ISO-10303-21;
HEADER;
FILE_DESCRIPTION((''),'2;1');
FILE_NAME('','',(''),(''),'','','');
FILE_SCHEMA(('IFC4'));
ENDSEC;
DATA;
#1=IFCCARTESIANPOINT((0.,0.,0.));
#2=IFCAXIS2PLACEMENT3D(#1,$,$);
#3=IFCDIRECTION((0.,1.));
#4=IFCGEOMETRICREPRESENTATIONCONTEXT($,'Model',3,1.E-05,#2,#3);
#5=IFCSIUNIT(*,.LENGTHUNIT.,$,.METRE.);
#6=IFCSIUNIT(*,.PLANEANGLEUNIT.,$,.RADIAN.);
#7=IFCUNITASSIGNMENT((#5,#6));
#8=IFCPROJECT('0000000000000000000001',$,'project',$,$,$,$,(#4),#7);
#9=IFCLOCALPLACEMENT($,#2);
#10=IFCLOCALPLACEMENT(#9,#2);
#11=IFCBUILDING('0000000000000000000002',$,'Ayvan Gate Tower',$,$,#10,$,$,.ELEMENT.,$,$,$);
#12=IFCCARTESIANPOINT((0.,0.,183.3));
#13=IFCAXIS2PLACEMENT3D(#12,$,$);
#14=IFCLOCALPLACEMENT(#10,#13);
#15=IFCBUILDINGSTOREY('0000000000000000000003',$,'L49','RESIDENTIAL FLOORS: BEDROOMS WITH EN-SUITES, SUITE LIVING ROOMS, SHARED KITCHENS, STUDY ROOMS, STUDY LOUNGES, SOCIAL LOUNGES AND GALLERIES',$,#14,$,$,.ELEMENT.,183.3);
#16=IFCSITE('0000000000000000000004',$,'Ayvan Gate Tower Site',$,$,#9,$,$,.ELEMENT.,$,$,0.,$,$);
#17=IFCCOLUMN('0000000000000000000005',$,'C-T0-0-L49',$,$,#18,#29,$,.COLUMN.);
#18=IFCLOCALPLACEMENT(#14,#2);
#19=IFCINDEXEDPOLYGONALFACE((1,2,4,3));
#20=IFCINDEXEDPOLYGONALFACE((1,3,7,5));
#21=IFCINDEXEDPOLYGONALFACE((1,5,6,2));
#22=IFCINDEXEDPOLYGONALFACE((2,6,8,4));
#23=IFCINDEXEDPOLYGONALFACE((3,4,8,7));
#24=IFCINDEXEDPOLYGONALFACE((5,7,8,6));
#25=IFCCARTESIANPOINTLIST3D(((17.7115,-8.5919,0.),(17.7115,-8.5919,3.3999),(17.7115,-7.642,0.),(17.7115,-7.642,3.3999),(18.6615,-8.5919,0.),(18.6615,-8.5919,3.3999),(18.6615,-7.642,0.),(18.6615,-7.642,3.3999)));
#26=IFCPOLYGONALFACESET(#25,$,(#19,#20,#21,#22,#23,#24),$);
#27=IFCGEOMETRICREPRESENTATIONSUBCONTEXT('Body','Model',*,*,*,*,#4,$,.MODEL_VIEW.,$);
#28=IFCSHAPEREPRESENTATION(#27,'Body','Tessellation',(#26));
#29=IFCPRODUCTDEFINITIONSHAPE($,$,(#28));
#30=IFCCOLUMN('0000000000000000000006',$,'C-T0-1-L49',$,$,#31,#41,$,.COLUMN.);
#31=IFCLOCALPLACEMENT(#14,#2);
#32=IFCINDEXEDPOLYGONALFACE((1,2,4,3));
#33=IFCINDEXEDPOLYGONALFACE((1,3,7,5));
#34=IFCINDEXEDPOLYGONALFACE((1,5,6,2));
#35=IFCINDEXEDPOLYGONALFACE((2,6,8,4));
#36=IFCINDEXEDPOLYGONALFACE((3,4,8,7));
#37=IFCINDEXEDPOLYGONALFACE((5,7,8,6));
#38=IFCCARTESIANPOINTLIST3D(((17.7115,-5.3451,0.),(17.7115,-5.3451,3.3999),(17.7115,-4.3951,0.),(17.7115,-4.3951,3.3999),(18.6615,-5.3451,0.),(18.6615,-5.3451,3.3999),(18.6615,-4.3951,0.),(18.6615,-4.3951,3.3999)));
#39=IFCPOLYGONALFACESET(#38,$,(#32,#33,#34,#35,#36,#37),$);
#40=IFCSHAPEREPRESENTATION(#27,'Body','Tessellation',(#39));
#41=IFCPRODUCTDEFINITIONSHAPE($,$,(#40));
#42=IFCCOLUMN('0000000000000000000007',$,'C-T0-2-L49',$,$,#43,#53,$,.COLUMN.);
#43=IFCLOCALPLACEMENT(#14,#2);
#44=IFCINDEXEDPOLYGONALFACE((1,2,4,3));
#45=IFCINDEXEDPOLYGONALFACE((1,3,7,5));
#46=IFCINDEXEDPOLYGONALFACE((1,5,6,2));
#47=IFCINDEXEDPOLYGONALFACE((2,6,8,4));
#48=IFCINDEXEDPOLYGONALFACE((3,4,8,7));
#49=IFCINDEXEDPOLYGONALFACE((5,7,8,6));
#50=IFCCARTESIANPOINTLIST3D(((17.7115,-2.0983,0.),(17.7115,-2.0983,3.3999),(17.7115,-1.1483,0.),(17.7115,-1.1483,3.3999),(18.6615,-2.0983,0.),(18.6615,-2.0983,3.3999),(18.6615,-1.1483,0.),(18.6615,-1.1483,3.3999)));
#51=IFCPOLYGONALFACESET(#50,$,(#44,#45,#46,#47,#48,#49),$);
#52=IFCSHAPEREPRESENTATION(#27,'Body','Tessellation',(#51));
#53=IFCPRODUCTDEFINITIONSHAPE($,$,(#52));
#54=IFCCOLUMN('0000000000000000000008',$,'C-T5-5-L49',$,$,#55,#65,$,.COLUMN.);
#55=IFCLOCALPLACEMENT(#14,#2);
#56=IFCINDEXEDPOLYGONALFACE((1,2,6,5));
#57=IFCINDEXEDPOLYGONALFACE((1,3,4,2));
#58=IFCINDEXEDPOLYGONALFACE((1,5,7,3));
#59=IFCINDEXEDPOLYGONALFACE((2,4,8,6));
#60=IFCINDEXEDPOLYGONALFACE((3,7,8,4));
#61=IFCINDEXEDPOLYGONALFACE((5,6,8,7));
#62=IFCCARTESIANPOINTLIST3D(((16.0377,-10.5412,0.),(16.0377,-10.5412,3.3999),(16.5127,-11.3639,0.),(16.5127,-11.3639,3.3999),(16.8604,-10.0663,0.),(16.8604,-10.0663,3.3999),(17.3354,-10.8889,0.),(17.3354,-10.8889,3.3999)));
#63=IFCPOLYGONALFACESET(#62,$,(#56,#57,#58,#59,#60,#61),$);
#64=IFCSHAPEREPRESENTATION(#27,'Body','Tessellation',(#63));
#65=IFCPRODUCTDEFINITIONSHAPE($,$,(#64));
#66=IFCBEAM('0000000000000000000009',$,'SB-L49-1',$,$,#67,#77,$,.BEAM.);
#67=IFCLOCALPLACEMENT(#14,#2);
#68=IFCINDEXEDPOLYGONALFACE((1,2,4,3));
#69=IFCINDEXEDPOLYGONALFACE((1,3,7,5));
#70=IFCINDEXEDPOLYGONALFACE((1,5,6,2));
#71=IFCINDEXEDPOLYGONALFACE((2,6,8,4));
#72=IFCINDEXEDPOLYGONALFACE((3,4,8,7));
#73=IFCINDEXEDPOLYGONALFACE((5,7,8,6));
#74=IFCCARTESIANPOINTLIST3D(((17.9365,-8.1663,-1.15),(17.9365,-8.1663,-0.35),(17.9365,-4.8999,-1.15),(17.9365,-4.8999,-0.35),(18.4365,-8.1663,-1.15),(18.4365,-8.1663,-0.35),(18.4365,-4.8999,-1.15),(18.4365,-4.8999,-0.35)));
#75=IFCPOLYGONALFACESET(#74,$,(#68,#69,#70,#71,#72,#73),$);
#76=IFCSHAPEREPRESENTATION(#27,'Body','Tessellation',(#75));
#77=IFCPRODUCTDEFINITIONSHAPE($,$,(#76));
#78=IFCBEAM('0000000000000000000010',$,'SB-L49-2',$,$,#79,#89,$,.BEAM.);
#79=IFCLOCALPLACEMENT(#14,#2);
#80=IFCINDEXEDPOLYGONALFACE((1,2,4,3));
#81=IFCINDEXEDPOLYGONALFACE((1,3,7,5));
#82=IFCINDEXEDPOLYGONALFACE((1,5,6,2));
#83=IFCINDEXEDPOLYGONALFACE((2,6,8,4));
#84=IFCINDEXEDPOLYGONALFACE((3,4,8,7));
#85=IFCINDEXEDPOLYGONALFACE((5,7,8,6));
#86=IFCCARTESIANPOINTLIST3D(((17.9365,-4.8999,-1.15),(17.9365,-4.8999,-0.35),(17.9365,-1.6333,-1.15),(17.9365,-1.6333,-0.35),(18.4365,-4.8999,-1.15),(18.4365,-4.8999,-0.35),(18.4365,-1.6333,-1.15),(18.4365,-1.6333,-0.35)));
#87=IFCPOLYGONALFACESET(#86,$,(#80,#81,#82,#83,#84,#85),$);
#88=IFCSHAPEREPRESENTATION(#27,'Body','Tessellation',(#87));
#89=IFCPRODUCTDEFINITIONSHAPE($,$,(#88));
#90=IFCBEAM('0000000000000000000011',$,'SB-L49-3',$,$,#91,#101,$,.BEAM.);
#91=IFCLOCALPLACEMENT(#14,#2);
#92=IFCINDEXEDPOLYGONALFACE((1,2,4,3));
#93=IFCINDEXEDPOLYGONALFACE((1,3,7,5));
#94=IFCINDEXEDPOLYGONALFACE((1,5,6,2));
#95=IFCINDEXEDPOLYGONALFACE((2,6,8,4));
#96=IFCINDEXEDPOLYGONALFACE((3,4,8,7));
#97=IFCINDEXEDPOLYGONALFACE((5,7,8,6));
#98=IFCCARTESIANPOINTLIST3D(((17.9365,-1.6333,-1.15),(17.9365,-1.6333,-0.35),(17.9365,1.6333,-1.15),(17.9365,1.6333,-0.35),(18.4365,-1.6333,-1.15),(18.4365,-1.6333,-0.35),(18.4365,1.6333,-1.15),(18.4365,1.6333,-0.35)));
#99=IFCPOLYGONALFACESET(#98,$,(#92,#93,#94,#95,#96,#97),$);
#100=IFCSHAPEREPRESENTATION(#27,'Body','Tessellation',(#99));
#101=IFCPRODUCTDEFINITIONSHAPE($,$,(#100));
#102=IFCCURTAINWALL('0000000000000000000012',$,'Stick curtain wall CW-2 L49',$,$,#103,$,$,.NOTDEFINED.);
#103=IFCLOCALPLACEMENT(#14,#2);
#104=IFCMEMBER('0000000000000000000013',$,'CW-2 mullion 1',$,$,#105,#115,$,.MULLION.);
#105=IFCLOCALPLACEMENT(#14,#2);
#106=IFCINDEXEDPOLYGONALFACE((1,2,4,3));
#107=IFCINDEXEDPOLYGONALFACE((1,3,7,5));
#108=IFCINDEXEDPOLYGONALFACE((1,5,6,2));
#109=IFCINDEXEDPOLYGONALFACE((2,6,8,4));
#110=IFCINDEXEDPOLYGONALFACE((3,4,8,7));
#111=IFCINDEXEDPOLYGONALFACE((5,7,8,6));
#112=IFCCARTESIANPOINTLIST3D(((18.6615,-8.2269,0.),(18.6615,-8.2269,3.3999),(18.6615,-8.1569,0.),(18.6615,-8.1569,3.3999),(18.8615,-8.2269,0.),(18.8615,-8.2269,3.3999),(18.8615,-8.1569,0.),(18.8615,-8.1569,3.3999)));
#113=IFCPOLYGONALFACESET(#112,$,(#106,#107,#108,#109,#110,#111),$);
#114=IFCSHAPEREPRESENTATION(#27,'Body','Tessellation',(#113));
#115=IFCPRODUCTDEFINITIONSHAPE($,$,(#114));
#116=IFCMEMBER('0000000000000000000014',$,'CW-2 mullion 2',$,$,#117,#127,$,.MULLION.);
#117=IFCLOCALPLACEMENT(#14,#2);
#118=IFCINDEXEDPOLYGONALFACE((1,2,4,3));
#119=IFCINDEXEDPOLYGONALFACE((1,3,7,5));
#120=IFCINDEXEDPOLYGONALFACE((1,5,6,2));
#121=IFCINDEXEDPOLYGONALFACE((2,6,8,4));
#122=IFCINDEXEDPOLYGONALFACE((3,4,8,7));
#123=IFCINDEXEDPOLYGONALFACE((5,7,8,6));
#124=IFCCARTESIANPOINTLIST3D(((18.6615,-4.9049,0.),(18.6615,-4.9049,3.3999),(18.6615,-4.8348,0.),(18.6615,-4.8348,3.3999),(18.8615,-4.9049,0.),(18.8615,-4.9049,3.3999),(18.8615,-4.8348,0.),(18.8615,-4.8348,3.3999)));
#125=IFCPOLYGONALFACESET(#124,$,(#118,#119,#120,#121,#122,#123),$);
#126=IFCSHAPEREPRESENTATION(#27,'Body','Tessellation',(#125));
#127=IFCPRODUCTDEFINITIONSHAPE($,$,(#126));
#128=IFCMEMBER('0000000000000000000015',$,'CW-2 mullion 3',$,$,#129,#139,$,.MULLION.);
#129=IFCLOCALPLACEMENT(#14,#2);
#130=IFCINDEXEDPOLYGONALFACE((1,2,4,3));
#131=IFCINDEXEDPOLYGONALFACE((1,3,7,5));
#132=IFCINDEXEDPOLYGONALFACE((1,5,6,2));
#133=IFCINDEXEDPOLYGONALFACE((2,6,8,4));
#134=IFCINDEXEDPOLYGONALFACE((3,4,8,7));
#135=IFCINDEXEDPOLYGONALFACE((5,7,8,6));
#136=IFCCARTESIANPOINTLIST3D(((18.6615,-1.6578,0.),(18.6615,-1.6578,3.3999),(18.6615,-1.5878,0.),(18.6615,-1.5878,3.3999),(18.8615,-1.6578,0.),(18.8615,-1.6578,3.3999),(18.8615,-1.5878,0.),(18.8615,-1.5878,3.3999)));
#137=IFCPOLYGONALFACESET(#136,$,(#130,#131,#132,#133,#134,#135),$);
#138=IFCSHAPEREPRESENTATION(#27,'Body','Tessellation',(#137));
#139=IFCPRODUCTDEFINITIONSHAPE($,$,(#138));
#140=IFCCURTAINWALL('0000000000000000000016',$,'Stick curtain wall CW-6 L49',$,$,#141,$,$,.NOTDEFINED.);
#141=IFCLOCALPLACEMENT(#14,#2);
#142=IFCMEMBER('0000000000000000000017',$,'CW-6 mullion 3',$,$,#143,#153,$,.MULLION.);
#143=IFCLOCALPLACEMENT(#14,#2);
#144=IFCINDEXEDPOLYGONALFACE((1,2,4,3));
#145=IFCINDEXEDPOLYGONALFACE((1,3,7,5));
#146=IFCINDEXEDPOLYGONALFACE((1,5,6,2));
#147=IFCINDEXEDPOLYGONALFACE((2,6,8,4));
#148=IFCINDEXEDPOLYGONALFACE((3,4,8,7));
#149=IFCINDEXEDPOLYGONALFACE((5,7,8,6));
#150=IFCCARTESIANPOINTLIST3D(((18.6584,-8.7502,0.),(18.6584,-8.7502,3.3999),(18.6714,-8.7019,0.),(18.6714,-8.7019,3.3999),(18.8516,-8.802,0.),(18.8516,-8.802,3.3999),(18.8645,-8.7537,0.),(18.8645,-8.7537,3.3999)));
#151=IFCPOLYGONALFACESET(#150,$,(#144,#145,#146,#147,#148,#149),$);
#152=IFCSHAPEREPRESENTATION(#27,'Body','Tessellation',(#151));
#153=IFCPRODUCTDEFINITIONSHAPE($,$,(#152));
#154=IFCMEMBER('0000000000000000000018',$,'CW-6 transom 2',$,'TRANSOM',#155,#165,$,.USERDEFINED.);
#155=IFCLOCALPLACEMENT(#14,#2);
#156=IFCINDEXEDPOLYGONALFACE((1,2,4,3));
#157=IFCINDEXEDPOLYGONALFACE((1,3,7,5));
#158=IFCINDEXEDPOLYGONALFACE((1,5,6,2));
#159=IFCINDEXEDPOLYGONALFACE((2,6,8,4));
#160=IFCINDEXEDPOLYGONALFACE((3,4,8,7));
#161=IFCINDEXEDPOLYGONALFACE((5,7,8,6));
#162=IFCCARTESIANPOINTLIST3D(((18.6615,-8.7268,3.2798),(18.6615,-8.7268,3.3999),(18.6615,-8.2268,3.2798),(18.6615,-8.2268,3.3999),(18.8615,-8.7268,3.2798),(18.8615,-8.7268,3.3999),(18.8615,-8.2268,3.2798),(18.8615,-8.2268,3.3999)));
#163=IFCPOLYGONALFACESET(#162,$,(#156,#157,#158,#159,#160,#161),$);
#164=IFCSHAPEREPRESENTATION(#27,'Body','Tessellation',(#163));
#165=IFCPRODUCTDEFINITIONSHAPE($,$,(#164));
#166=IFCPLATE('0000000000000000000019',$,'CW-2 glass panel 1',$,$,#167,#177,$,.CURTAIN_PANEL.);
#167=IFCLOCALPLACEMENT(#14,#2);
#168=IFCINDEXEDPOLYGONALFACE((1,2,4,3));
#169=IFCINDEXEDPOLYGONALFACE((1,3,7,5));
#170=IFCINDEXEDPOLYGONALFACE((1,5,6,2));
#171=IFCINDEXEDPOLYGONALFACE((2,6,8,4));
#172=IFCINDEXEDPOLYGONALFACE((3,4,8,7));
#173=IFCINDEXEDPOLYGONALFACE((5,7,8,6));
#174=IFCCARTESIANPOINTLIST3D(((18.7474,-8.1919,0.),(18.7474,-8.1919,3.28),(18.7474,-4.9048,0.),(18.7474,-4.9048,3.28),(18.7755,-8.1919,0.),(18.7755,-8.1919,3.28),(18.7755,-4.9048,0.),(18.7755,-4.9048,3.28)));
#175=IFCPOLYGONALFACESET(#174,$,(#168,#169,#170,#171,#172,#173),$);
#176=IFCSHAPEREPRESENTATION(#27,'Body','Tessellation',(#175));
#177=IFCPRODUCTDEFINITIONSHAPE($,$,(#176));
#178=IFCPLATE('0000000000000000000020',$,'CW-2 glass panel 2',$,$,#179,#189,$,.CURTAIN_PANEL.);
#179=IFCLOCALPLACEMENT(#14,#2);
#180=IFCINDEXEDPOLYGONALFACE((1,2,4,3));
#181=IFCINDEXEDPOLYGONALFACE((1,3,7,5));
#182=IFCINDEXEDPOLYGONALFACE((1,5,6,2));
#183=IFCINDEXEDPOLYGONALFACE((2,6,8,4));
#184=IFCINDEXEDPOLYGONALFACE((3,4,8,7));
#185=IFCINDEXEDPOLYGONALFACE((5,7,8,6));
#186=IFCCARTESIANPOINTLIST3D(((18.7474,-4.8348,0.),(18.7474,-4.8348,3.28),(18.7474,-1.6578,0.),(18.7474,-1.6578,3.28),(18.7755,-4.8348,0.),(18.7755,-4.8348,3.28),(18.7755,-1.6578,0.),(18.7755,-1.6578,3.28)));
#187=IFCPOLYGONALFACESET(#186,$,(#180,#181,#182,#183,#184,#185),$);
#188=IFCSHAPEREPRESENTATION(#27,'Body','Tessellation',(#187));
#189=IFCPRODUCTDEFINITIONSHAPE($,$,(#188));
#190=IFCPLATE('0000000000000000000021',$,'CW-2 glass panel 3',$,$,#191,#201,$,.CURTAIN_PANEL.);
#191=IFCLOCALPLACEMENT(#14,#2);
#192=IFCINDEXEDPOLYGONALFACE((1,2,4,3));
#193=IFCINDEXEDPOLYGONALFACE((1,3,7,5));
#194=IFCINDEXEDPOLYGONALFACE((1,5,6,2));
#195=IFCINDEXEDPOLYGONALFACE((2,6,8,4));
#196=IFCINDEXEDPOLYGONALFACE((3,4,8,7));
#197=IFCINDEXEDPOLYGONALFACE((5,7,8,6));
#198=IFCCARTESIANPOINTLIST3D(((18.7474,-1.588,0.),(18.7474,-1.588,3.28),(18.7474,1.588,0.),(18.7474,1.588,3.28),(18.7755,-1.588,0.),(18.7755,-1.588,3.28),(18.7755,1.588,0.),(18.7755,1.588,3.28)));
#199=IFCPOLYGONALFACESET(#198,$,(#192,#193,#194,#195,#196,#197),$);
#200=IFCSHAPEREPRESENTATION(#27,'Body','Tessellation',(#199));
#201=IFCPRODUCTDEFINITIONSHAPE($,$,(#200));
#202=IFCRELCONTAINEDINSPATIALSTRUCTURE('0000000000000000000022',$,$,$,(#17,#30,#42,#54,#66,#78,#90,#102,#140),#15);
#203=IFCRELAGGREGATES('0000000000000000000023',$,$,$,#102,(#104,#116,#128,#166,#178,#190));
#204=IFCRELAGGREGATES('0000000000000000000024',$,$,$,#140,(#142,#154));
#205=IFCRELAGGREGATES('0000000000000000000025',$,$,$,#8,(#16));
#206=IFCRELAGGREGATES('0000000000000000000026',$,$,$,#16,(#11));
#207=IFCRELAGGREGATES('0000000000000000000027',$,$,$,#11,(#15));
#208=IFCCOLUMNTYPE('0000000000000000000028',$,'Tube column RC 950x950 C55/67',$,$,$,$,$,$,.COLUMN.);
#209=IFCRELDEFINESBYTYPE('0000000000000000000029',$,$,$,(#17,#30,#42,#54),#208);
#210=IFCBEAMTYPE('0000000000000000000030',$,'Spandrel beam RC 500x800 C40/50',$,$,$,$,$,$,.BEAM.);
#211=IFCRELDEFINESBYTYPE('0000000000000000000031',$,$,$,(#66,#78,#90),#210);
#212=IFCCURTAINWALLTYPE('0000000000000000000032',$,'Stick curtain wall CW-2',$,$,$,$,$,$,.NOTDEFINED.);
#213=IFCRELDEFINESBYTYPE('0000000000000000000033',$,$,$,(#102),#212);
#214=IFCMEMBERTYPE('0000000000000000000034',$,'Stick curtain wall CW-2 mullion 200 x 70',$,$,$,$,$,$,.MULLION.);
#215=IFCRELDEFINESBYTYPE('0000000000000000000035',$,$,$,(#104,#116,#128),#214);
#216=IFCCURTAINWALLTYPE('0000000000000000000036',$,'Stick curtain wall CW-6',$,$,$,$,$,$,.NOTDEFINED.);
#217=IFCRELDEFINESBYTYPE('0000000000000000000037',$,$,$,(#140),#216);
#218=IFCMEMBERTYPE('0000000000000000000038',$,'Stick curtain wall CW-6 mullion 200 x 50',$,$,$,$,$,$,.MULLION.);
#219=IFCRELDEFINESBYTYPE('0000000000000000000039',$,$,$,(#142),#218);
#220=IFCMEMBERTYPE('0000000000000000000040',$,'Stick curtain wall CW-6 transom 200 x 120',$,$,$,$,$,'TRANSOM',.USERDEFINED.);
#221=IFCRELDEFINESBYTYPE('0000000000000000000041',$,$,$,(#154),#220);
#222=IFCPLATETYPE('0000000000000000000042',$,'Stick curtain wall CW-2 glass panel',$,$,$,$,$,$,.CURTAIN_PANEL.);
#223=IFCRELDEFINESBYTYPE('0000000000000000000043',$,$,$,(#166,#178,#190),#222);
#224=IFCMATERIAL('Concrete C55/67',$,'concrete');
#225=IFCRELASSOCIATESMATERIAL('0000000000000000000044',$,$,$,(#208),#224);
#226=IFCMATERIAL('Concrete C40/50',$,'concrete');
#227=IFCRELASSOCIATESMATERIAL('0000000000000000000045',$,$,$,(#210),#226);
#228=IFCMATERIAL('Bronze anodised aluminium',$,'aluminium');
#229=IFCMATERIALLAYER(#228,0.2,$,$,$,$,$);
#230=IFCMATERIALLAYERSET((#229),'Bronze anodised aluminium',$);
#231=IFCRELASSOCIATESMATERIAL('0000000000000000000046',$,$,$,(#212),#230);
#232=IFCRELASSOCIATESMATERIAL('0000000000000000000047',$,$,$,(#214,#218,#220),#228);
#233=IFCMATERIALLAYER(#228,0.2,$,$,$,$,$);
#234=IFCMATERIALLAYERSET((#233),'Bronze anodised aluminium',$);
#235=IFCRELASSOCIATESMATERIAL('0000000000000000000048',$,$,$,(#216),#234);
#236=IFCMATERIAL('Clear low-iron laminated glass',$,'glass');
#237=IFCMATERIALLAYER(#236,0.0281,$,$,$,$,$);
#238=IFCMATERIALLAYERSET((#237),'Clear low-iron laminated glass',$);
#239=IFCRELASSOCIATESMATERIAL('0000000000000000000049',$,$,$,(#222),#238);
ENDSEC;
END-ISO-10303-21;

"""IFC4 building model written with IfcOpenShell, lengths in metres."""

from ifc_helpers import new_model, si_unit, direction, frame, origin, origin_2d, place, context, subcontext, project, spatial, rectangle, extrude, material, layer, layer_set, material_profile, profile_set, type_object, element, aggregate, save


model = new_model("IFC4")

# Units and contexts
model_context = context("Model", 3, precision=1e-05, world=origin(), true_north=direction((0.0, 1.0)))
body_context = subcontext(model_context, "Body", "Model", "MODEL_VIEW")
ifc_project = project(units=[si_unit("LENGTHUNIT", "METRE"), si_unit("PLANEANGLEUNIT", "RADIAN")], contexts=[model_context])

# Site, building, storey
site_placement = place(None, origin())
site = spatial("IfcSite", under=ifc_project, at=site_placement, Name="Ayvan Gate Tower Site", CompositionType="ELEMENT", RefElevation=0.0)
building_placement = place(site_placement, origin())
building = spatial("IfcBuilding", under=site, at=building_placement, Name="Ayvan Gate Tower", CompositionType="ELEMENT")
storey_placement = place(building_placement, frame((0.0, 0.0, 183.3)))
storey = spatial("IfcBuildingStorey", under=building, at=storey_placement, Name="L49", Description="RESIDENTIAL FLOORS: BEDROOMS WITH EN-SUITES, SUITE LIVING ROOMS, SHARED KITCHENS, STUDY ROOMS, STUDY LOUNGES, SOCIAL LOUNGES AND GALLERIES", CompositionType="ELEMENT", Elevation=183.3)

# Columns
ifc_material_1 = material(Name="Concrete C55/67", Category="concrete")
ifc_material_profile_1 = material_profile(ifc_material_1, rectangle(XDim=0.95, YDim=0.95, at=origin_2d()), Name="RC 950x950")
ifc_profile_set_1 = profile_set([ifc_material_profile_1], Name="Concrete C55/67")
column_type = type_object("IfcColumnType", Name="Tube column RC 950x950 C55/67", PredefinedType="COLUMN", material=ifc_profile_set_1)
for number, where, z_axis, x_axis, name in (
    (1, (18.1865, -8.1169, 0.0), (0.0, 0.0, 1.0), (1.0, 0.0, 0.0), "C-T0-0-L49"),
    (2, (18.1865, -4.8701, 0.0), (0.0, 0.0, 1.0), (1.0, 0.0, 0.0), "C-T0-1-L49"),
    (3, (18.1865, -1.6233, 0.0), (0.0, 0.0, 1.0), (1.0, 0.0, 0.0), "C-T0-2-L49"),
    (4, (16.6865, -10.7151, 0.0), (0.0, 0.0, 1.0), (0.5, -0.866025, 0.0), "C-T5-5-L49"),
):
    element("IfcColumn", number, at=place(storey_placement, frame(where, z_axis=z_axis, x_axis=x_axis)), inside=storey, type_object=column_type, Name=name, PredefinedType="COLUMN", context=body_context, shape_type="SweptSolid", body=[
        extrude(rectangle(XDim=0.95, YDim=0.95, at=origin_2d()), origin(), (0.0, 0.0, 1.0), 3.3999),
    ])

# Beams
ifc_material_2 = material(Name="Concrete C40/50", Category="concrete")
ifc_material_profile_2 = material_profile(ifc_material_2, rectangle(XDim=0.5, YDim=0.8, at=origin_2d()), Name="RC 500x800")
ifc_profile_set_2 = profile_set([ifc_material_profile_2], Name="Concrete C40/50")
beam_type = type_object("IfcBeamType", Name="Spandrel beam RC 500x800 C40/50", PredefinedType="BEAM", material=ifc_profile_set_2)
beam_placement = place(storey_placement, frame((18.1865, -8.1663, -0.75), z_axis=(0.0, 1.0, 0.0), x_axis=(-1.0, 0.0, 0.0)))
element("IfcBeam", 5, at=beam_placement, inside=storey, type_object=beam_type, Name="SB-L49-1", PredefinedType="BEAM", context=body_context, shape_type="SweptSolid", body=[
    extrude(rectangle(XDim=0.5, YDim=0.8, at=origin_2d()), origin(), (0.0, 0.0, 1.0), 3.2664),
])
for number, where, z_axis, x_axis, name in (
    (6, (18.1865, -4.8999, -0.75), (0.0, 1.0, 0.0), (-1.0, 0.0, 0.0), "SB-L49-2"),
    (7, (18.1865, -1.6333, -0.75), (0.0, 1.0, 0.0), (-1.0, 0.0, 0.0), "SB-L49-3"),
):
    element("IfcBeam", number, at=place(storey_placement, frame(where, z_axis=z_axis, x_axis=x_axis)), inside=storey, type_object=beam_type, Name=name, PredefinedType="BEAM", context=body_context, shape_type="SweptSolid", body=[
        extrude(rectangle(XDim=0.5, YDim=0.8, at=origin_2d()), origin(), (0.0, 0.0, 1.0), 3.2666),
    ])

# Curtain walls, members
ifc_material_3 = material(Name="Bronze anodised aluminium", Category="aluminium")
ifc_layer_1 = layer(ifc_material_3, 0.2)
ifc_layer_set_1 = layer_set([ifc_layer_1], Name="Bronze anodised aluminium")
curtain_wall_type_1 = type_object("IfcCurtainWallType", Name="Stick curtain wall CW-2", PredefinedType="NOTDEFINED", material=ifc_layer_set_1)
curtain_wall_1_placement = place(storey_placement, origin())
curtain_wall_1 = element("IfcCurtainWall", 8, at=curtain_wall_1_placement, inside=storey, type_object=curtain_wall_type_1, Name="Stick curtain wall CW-2 L49", PredefinedType="NOTDEFINED")
ifc_material_profile_3 = material_profile(ifc_material_3, rectangle(XDim=0.2, YDim=0.0701, at=origin_2d()), Name="Stick curtain wall CW-2 mullion 200 x 70")
ifc_profile_set_3 = profile_set([ifc_material_profile_3], Name="Bronze anodised aluminium")
member_type_1 = type_object("IfcMemberType", Name="Stick curtain wall CW-2 mullion 200 x 70", PredefinedType="MULLION", material=ifc_profile_set_3)
member_1_placement = place(storey_placement, frame((18.7615, -8.1919, 0.0), z_axis=(0.0, 0.0, 1.0), x_axis=(1.0, 0.0, 0.0)))
member_1 = element("IfcMember", 9, at=member_1_placement, type_object=member_type_1, Name="CW-2 mullion 1", PredefinedType="MULLION", context=body_context, shape_type="SweptSolid", body=[
    extrude(rectangle(XDim=0.2, YDim=0.0701, at=origin_2d()), origin(), (0.0, 0.0, 1.0), 3.3999),
])
member_2_placement = place(storey_placement, frame((18.7615, -4.8699, 0.0), z_axis=(0.0, 0.0, 1.0), x_axis=(1.0, 0.0, 0.0)))
member_2 = element("IfcMember", 10, at=member_2_placement, type_object=member_type_1, Name="CW-2 mullion 2", PredefinedType="MULLION", context=body_context, shape_type="SweptSolid", body=[
    extrude(rectangle(XDim=0.2, YDim=0.0701, at=origin_2d()), origin(), (0.0, 0.0, 1.0), 3.3999),
])
member_3_placement = place(storey_placement, frame((18.7615, -1.6228, 0.0), z_axis=(0.0, 0.0, 1.0), x_axis=(1.0, 0.0, 0.0)))
member_3 = element("IfcMember", 11, at=member_3_placement, type_object=member_type_1, Name="CW-2 mullion 3", PredefinedType="MULLION", context=body_context, shape_type="SweptSolid", body=[
    extrude(rectangle(XDim=0.2, YDim=0.0701, at=origin_2d()), origin(), (0.0, 0.0, 1.0), 3.3999),
])
ifc_layer_2 = layer(ifc_material_3, 0.2)
ifc_layer_set_2 = layer_set([ifc_layer_2], Name="Bronze anodised aluminium")
curtain_wall_type_2 = type_object("IfcCurtainWallType", Name="Stick curtain wall CW-6", PredefinedType="NOTDEFINED", material=ifc_layer_set_2)
curtain_wall_2_placement = place(storey_placement, origin())
curtain_wall_2 = element("IfcCurtainWall", 12, at=curtain_wall_2_placement, inside=storey, type_object=curtain_wall_type_2, Name="Stick curtain wall CW-6 L49", PredefinedType="NOTDEFINED")
ifc_material_profile_4 = material_profile(ifc_material_3, rectangle(XDim=0.2, YDim=0.05, at=origin_2d()), Name="Stick curtain wall CW-6 mullion 200 x 50")
ifc_profile_set_4 = profile_set([ifc_material_profile_4], Name="Bronze anodised aluminium")
member_type_2 = type_object("IfcMemberType", Name="Stick curtain wall CW-6 mullion 200 x 50", PredefinedType="MULLION", material=ifc_profile_set_4)
member_4_placement = place(storey_placement, frame((18.7615, -8.752, 0.0), z_axis=(0.0, 0.0, 1.0), x_axis=(0.965926, -0.258819, 0.0)))
member_4 = element("IfcMember", 13, at=member_4_placement, type_object=member_type_2, Name="CW-6 mullion 3", PredefinedType="MULLION", context=body_context, shape_type="SweptSolid", body=[
    extrude(rectangle(XDim=0.2, YDim=0.05, at=origin_2d()), origin(), (0.0, 0.0, 1.0), 3.3999),
])
ifc_material_profile_5 = material_profile(ifc_material_3, rectangle(XDim=0.2, YDim=0.1201, at=origin_2d()), Name="Stick curtain wall CW-6 transom 200 x 120")
ifc_profile_set_5 = profile_set([ifc_material_profile_5], Name="Bronze anodised aluminium")
member_type_3 = type_object("IfcMemberType", Name="Stick curtain wall CW-6 transom 200 x 120", ElementType="TRANSOM", PredefinedType="USERDEFINED", material=ifc_profile_set_5)
member_5_placement = place(storey_placement, frame((18.7615, -8.7268, 3.3398), z_axis=(0.0, 1.0, 0.0), x_axis=(-1.0, 0.0, 0.0)))
member_5 = element("IfcMember", 14, at=member_5_placement, type_object=member_type_3, Name="CW-6 transom 2", ObjectType="TRANSOM", PredefinedType="USERDEFINED", context=body_context, shape_type="SweptSolid", body=[
    extrude(rectangle(XDim=0.2, YDim=0.1201, at=origin_2d()), origin(), (0.0, 0.0, 1.0), 0.5),
])

# Plates
ifc_material_4 = material(Name="Clear low-iron laminated glass", Category="glass")
ifc_layer_3 = layer(ifc_material_4, 0.0281)
ifc_layer_set_3 = layer_set([ifc_layer_3], Name="Clear low-iron laminated glass")
plate_type_1 = type_object("IfcPlateType", Name="Stick curtain wall CW-2 glass panel", PredefinedType="CURTAIN_PANEL", material=ifc_layer_set_3)
plate_1_placement = place(storey_placement, frame((18.7615, -6.5483, 0.0), z_axis=(0.0, 0.0, 1.0), x_axis=(0.0, 1.0, 0.0)))
plate_1 = element("IfcPlate", 15, at=plate_1_placement, type_object=plate_type_1, Name="CW-2 glass panel 1", PredefinedType="CURTAIN_PANEL", context=body_context, shape_type="SweptSolid", body=[
    extrude(rectangle(XDim=3.2871, YDim=0.0281, at=origin_2d()), origin(), (0.0, 0.0, 1.0), 3.28),
])
plate_2_placement = place(storey_placement, frame((18.7615, -3.2463, 0.0), z_axis=(0.0, 0.0, 1.0), x_axis=(0.0, 1.0, 0.0)))
plate_2 = element("IfcPlate", 16, at=plate_2_placement, type_object=plate_type_1, Name="CW-2 glass panel 2", PredefinedType="CURTAIN_PANEL", context=body_context, shape_type="SweptSolid", body=[
    extrude(rectangle(XDim=3.177, YDim=0.0281, at=origin_2d()), origin(), (0.0, 0.0, 1.0), 3.28),
])
plate_3_placement = place(storey_placement, frame((18.7615, 0.0, 0.0), z_axis=(0.0, 0.0, 1.0), x_axis=(0.0, 1.0, 0.0)))
plate_3 = element("IfcPlate", 17, at=plate_3_placement, type_object=plate_type_1, Name="CW-2 glass panel 3", PredefinedType="CURTAIN_PANEL", context=body_context, shape_type="SweptSolid", body=[
    extrude(rectangle(XDim=3.176, YDim=0.0281, at=origin_2d()), origin(), (0.0, 0.0, 1.0), 3.28),
])
aggregate(curtain_wall_1, [member_1, member_2, member_3, plate_1, plate_2, plate_3])
aggregate(curtain_wall_2, [member_4, member_5])

save(model, "model.ifc")
